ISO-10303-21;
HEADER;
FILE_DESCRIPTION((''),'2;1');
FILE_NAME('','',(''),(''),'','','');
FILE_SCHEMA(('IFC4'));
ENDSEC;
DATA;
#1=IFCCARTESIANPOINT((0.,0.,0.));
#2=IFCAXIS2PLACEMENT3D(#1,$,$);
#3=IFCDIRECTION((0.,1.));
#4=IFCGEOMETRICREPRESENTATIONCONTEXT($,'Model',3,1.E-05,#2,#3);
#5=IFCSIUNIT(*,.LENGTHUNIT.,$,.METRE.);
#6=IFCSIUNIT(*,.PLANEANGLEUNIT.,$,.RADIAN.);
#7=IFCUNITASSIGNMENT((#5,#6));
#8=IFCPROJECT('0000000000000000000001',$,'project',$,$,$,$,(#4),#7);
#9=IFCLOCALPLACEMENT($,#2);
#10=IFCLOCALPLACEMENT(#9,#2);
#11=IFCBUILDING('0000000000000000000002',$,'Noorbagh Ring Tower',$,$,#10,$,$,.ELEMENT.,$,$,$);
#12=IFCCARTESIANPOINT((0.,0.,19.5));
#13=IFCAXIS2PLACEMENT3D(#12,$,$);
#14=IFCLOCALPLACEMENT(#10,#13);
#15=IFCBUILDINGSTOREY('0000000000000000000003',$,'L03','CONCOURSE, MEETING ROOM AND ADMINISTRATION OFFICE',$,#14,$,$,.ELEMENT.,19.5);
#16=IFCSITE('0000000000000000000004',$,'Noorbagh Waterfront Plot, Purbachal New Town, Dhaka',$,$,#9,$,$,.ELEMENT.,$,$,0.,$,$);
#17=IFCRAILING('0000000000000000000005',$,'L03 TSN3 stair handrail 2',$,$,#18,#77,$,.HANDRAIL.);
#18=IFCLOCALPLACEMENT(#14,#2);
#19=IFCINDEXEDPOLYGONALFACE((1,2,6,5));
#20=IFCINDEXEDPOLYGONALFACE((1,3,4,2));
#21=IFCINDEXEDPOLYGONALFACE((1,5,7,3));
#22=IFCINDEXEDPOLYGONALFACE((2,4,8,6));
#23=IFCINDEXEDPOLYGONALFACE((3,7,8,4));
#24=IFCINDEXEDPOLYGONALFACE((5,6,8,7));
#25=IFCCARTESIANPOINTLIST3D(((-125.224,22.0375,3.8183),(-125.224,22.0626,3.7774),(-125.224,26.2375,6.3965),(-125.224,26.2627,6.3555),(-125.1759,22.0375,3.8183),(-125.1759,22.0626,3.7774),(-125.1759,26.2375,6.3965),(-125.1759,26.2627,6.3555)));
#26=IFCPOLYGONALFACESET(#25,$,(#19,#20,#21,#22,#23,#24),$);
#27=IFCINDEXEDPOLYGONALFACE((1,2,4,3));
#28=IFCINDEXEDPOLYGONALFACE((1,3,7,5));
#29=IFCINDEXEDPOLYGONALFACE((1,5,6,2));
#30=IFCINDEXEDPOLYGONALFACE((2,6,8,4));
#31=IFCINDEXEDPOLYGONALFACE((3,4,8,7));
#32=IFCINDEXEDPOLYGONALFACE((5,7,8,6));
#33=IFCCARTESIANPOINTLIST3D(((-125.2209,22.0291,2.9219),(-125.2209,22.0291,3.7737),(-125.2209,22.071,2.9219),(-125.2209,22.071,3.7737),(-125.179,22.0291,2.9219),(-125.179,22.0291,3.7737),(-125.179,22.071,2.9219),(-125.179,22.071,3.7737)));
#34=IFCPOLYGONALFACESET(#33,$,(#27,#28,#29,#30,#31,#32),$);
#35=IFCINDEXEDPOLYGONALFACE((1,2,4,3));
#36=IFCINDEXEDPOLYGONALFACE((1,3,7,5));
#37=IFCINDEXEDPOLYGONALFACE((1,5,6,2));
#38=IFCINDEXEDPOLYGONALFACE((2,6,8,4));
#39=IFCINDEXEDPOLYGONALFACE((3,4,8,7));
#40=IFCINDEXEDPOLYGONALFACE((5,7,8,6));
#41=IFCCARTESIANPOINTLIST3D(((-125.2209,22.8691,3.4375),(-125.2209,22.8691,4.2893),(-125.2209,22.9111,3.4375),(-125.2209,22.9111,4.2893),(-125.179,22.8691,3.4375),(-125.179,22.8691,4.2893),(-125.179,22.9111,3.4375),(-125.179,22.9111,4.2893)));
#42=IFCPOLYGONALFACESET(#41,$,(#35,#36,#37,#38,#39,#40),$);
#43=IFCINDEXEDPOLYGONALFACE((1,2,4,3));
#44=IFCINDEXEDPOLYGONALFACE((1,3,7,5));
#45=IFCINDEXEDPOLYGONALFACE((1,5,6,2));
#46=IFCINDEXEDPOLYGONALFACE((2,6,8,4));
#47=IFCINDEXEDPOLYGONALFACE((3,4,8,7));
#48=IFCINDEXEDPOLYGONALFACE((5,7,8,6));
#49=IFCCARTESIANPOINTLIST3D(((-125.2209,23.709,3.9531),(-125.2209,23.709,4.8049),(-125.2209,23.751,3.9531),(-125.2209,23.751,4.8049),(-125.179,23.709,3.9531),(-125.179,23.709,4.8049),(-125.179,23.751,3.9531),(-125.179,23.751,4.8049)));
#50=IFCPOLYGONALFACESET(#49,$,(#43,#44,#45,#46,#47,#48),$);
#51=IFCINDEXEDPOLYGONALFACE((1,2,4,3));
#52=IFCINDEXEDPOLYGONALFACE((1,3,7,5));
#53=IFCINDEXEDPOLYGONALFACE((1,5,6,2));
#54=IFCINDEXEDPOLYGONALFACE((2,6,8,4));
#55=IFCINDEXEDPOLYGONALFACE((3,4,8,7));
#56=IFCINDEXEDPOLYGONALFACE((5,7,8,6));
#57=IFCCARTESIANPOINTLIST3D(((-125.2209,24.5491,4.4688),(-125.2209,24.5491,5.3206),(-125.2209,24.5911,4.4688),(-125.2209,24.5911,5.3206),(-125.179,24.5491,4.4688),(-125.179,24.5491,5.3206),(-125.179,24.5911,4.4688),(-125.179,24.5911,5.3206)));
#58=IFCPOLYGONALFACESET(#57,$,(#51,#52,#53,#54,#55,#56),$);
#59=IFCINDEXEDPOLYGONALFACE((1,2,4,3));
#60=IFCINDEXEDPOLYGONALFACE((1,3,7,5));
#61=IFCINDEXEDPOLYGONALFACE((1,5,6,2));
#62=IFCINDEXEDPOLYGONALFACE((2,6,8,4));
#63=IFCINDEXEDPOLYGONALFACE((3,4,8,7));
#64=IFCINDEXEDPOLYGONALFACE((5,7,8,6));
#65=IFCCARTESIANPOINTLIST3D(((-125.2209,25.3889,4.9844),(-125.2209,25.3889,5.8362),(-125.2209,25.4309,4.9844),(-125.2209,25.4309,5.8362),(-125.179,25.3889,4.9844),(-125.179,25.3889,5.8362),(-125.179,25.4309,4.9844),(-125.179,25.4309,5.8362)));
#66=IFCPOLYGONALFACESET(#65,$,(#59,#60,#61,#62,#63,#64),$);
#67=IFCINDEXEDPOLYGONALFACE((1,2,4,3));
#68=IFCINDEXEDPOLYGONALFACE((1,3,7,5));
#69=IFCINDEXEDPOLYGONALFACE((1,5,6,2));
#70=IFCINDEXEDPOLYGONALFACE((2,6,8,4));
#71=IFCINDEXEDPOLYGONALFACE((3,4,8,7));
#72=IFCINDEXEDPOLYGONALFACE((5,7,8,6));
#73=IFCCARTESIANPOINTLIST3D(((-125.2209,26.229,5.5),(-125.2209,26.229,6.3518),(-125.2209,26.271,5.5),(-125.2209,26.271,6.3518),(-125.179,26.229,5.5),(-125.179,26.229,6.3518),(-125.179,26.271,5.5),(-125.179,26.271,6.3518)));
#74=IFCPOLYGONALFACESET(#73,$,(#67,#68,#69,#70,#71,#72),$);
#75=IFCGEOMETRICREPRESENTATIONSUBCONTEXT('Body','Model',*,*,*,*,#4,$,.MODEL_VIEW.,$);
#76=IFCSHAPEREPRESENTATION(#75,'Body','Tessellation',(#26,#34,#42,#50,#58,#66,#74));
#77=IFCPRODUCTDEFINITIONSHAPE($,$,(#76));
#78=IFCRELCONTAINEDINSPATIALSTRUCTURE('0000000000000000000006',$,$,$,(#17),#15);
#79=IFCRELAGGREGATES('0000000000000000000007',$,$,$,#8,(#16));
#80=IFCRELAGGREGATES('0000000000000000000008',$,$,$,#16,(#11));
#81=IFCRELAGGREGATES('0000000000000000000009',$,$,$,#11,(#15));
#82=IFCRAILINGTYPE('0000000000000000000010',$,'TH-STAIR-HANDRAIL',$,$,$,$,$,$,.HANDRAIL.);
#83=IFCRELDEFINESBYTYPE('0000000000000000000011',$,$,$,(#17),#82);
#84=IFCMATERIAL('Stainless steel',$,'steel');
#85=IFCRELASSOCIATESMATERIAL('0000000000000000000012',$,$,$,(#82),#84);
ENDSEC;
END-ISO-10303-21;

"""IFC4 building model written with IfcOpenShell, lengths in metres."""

from ifc_helpers import new_model, si_unit, direction, frame, origin, origin_2d, place, context, subcontext, project, spatial, rectangle, extrude, material, type_object, element, save


model = new_model("IFC4")

# Units and contexts
model_context = context("Model", 3, precision=1e-05, world=origin(), true_north=direction((0.0, 1.0)))
body_context = subcontext(model_context, "Body", "Model", "MODEL_VIEW")
ifc_project = project(units=[si_unit("LENGTHUNIT", "METRE"), si_unit("PLANEANGLEUNIT", "RADIAN")], contexts=[model_context])

# Site, building, storey
site_placement = place(None, origin())
site = spatial("IfcSite", under=ifc_project, at=site_placement, Name="Noorbagh Waterfront Plot, Purbachal New Town, Dhaka", CompositionType="ELEMENT", RefElevation=0.0)
building_placement = place(site_placement, origin())
building = spatial("IfcBuilding", under=site, at=building_placement, Name="Noorbagh Ring Tower", CompositionType="ELEMENT")
storey_placement = place(building_placement, frame((0.0, 0.0, 19.5)))
storey = spatial("IfcBuildingStorey", under=building, at=storey_placement, Name="L03", Description="CONCOURSE, MEETING ROOM AND ADMINISTRATION OFFICE", CompositionType="ELEMENT", Elevation=19.5)

# Railing
ifc_material_1 = material(Name="Stainless steel", Category="steel")
railing_type_1 = type_object("IfcRailingType", Name="TH-STAIR-HANDRAIL", PredefinedType="HANDRAIL", material=ifc_material_1)
railing_1_placement = place(storey_placement, frame((-125.2, 22.05, 2.9219)))
element("IfcRailing", 1, at=railing_1_placement, inside=storey, type_object=railing_type_1, Name="L03 TSN3 stair handrail 2", PredefinedType="HANDRAIL", context=body_context, shape_type="SweptSolid", body=[
    extrude(rectangle(XDim=0.0481, YDim=0.0481, at=origin_2d()), frame((0.0, 0.0, 0.876), z_axis=(0.0, 0.852243, 0.523146), x_axis=(-1.0, 0.0, 0.0)), (0.0, 0.0, 1.0), 4.9282),
    extrude(rectangle(XDim=0.042, YDim=0.042, at=origin_2d()), origin(), (0.0, 0.0, 1.0), 0.8518),
    extrude(rectangle(XDim=0.042, YDim=0.042, at=origin_2d()), frame((0.0, 0.8401, 0.5156)), (0.0, 0.0, 1.0), 0.8518),
    extrude(rectangle(XDim=0.042, YDim=0.042, at=origin_2d()), frame((0.0, 1.6799, 1.0312)), (0.0, 0.0, 1.0), 0.8518),
    extrude(rectangle(XDim=0.042, YDim=0.042, at=origin_2d()), frame((0.0, 2.52, 1.5469)), (0.0, 0.0, 1.0), 0.8518),
    extrude(rectangle(XDim=0.042, YDim=0.042, at=origin_2d()), frame((0.0, 3.3599, 2.0625)), (0.0, 0.0, 1.0), 0.8518),
    extrude(rectangle(XDim=0.042, YDim=0.042, at=origin_2d()), frame((0.0, 4.2, 2.5781)), (0.0, 0.0, 1.0), 0.8518),
])

save(model, "model.ifc")
